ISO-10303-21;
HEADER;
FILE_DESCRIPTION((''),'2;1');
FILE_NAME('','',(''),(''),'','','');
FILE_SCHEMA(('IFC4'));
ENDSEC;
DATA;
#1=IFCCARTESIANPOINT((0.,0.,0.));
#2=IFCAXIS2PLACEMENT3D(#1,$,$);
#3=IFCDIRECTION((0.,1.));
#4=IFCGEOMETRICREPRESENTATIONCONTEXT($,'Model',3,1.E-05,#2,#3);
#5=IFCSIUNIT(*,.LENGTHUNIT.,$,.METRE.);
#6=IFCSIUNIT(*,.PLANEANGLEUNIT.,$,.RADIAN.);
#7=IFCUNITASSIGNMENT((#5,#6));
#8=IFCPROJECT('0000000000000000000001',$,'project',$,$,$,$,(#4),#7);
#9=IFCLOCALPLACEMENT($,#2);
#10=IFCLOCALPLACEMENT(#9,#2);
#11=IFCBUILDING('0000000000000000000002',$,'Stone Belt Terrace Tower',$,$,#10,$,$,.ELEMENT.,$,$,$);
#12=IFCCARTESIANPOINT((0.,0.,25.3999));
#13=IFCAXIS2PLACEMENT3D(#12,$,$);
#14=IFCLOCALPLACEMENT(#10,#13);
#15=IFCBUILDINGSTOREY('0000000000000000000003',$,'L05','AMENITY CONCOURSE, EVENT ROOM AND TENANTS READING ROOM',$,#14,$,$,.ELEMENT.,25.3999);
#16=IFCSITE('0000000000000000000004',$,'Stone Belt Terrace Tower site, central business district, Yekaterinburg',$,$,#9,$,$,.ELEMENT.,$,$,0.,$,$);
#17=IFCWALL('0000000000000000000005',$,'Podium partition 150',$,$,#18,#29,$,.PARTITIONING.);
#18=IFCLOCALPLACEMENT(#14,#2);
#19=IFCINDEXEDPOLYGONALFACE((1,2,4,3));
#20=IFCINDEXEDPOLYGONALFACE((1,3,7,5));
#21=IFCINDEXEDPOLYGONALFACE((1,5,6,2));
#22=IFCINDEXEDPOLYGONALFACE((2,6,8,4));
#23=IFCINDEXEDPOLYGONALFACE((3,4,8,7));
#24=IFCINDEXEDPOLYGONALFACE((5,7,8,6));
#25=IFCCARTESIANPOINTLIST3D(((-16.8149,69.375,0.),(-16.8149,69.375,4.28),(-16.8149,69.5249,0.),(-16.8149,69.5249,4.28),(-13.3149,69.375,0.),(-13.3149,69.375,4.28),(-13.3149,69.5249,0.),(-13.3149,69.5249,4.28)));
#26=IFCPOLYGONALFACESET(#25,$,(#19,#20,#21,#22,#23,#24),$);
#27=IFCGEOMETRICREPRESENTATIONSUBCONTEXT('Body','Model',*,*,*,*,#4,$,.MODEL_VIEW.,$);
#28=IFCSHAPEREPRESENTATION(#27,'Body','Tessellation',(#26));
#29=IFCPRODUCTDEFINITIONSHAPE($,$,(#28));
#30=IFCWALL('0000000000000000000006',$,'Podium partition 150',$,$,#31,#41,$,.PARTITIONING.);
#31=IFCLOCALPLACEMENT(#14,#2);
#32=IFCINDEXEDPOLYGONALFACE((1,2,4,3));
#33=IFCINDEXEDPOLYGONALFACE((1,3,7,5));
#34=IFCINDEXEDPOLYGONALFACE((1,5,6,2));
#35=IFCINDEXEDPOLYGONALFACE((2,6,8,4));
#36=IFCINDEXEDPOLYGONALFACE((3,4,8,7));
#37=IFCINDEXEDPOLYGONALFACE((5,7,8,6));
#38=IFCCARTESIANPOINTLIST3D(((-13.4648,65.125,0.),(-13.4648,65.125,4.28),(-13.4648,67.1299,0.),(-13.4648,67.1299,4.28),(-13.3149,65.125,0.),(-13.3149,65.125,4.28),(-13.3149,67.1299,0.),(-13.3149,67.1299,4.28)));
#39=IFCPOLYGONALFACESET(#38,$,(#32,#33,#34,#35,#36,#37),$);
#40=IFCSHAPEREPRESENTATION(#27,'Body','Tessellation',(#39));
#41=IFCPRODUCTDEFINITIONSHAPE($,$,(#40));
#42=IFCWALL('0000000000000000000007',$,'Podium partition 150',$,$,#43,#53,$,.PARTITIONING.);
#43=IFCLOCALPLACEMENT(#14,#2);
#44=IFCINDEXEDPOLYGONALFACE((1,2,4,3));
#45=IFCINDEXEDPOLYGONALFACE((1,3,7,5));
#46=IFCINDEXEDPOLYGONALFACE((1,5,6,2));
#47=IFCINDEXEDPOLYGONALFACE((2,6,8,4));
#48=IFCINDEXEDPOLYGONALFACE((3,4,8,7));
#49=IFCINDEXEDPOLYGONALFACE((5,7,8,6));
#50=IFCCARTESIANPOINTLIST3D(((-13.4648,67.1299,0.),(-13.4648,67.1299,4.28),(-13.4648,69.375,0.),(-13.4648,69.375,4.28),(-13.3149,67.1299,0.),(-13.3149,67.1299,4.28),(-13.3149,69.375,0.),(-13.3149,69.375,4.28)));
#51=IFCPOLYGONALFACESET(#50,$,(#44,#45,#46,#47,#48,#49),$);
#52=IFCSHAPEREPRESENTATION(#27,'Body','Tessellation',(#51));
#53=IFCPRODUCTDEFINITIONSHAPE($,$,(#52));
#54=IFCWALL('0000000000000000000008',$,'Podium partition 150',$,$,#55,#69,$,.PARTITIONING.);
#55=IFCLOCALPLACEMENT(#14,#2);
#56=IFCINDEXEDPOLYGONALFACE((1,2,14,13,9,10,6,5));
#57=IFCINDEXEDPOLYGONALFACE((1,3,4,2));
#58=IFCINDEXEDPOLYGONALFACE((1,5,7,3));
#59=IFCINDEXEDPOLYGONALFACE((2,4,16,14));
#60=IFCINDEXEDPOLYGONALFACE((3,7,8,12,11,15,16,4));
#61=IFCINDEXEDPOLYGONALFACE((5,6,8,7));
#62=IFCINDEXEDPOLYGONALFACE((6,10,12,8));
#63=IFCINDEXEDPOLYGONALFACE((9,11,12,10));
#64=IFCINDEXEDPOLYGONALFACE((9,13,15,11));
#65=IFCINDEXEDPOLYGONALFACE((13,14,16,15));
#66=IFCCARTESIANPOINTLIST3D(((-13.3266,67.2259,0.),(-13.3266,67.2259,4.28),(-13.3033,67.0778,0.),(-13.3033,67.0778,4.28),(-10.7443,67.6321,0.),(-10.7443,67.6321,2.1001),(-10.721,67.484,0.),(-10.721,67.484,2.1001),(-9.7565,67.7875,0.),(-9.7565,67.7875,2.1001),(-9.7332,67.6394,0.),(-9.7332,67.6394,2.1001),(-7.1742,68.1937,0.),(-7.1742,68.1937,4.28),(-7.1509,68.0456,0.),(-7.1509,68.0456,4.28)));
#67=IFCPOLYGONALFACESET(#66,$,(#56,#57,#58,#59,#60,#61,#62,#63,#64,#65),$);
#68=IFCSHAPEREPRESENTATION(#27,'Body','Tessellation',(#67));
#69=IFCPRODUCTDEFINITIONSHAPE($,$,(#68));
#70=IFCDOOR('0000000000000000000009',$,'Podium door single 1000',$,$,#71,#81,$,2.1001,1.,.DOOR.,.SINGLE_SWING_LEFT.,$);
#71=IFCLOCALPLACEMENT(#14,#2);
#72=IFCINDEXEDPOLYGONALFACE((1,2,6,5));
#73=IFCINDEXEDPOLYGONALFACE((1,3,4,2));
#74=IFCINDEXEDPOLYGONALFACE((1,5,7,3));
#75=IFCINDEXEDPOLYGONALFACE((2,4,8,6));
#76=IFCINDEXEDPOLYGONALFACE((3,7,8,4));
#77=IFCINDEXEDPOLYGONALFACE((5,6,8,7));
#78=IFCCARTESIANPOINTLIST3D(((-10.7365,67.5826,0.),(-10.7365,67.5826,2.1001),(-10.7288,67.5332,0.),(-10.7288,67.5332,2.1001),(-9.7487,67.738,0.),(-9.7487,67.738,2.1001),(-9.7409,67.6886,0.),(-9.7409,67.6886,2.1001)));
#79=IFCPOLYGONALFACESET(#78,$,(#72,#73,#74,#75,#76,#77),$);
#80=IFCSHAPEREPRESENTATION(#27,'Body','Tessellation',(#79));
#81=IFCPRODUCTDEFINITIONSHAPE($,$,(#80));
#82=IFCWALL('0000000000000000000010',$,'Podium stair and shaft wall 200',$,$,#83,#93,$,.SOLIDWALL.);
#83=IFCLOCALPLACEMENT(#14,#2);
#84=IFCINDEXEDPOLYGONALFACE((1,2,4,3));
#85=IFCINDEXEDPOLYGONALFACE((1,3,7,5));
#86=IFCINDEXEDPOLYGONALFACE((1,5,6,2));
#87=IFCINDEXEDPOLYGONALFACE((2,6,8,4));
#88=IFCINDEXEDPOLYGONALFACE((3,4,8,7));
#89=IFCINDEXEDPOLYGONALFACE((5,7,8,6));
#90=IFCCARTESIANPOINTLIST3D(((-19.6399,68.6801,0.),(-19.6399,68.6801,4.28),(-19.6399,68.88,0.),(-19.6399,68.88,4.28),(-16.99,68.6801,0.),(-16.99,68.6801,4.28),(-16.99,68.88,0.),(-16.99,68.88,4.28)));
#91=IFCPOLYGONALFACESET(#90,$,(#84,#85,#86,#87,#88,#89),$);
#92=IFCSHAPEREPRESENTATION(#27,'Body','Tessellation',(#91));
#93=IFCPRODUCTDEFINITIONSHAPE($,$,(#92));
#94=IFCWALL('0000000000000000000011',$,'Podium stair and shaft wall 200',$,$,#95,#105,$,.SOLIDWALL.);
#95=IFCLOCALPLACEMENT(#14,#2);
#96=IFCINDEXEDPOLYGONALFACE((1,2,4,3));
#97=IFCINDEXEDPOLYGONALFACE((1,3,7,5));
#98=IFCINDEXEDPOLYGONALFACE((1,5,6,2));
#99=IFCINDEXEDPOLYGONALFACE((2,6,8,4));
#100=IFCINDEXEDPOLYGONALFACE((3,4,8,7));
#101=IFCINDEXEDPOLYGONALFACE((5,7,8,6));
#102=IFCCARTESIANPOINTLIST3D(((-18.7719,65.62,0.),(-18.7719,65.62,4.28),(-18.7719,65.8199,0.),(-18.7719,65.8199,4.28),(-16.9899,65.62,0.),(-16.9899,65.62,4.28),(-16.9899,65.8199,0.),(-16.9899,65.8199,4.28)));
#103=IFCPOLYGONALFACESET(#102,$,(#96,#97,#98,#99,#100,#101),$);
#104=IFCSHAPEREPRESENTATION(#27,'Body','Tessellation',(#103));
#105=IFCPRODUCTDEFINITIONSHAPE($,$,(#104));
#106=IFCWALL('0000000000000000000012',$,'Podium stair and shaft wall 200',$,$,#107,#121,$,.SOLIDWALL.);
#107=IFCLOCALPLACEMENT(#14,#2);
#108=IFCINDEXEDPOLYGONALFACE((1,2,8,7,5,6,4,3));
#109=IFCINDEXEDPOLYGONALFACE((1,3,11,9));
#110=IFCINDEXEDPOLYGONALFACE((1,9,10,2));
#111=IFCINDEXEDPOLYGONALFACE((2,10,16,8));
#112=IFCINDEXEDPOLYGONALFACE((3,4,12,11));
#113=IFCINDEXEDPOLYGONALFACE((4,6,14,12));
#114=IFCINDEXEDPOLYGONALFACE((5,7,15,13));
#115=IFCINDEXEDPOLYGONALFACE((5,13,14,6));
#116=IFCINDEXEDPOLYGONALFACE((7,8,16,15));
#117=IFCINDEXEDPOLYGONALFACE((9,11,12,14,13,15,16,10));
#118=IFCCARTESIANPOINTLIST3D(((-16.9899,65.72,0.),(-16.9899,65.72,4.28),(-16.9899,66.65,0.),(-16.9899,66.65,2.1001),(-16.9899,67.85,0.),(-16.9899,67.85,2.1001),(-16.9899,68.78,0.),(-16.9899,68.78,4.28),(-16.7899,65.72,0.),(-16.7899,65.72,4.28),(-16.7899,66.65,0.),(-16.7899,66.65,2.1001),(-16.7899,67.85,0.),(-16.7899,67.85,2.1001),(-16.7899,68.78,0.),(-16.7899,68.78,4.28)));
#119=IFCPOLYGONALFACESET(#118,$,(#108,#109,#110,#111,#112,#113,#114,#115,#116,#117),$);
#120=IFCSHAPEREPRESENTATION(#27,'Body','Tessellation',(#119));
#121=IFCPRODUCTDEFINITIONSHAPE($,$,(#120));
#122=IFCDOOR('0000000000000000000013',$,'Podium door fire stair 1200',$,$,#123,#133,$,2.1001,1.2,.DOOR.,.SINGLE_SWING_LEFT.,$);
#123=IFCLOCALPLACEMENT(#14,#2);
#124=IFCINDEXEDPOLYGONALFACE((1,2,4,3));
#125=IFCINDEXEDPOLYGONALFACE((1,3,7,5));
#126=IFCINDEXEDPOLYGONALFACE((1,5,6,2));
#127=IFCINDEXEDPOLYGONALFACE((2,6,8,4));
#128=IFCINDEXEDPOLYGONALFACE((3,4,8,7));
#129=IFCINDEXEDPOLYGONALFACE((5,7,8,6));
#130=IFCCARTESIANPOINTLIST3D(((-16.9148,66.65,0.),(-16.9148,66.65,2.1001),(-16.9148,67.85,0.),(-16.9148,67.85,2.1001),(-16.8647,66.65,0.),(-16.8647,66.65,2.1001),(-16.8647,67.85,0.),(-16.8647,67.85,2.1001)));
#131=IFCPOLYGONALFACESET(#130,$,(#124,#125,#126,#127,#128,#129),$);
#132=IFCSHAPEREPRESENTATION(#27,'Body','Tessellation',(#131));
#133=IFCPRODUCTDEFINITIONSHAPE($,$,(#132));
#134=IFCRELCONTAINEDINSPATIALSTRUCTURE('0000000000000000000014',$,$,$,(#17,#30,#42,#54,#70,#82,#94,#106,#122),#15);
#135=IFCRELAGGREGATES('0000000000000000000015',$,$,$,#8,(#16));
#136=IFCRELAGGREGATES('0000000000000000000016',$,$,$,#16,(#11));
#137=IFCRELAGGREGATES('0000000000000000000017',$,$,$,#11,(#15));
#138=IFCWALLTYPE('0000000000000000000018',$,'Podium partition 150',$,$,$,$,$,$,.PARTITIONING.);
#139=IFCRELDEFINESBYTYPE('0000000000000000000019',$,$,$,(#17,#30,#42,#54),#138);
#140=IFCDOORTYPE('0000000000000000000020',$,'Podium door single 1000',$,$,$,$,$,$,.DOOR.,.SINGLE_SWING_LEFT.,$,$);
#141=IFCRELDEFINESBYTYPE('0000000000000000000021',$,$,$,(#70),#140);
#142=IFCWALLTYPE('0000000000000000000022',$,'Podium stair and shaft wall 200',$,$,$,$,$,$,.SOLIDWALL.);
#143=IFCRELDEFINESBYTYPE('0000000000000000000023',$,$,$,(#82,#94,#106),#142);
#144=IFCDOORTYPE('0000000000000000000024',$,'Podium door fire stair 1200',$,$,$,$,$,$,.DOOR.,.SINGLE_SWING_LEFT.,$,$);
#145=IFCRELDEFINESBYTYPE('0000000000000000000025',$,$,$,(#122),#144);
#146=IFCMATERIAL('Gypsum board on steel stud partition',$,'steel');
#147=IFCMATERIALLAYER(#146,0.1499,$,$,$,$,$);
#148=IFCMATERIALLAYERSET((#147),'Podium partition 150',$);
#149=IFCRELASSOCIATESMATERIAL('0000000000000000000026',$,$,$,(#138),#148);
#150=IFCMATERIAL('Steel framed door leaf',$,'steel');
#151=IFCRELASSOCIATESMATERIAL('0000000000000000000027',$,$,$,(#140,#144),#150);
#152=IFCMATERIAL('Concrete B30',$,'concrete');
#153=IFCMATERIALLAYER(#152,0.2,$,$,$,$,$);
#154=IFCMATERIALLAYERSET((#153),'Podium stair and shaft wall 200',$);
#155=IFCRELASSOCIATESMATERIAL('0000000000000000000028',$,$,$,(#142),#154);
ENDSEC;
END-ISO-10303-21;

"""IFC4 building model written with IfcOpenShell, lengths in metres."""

from ifc_helpers import new_model, si_unit, direction, frame, frame_2d, origin, place, context, subcontext, project, spatial, rectangle, extrude, material, layer, layer_set, type_object, element, fill, save


model = new_model("IFC4")

# Units and contexts
model_context = context("Model", 3, precision=1e-05, world=origin(), true_north=direction((0.0, 1.0)))
body_context = subcontext(model_context, "Body", "Model", "MODEL_VIEW")
ifc_project = project(units=[si_unit("LENGTHUNIT", "METRE"), si_unit("PLANEANGLEUNIT", "RADIAN")], contexts=[model_context])

# Site, building, storey
site_placement = place(None, origin())
site = spatial("IfcSite", under=ifc_project, at=site_placement, Name="Stone Belt Terrace Tower site, central business district, Yekaterinburg", CompositionType="ELEMENT", RefElevation=0.0)
building_placement = place(site_placement, origin())
building = spatial("IfcBuilding", under=site, at=building_placement, Name="Stone Belt Terrace Tower", CompositionType="ELEMENT")
storey_placement = place(building_placement, frame((0.0, 0.0, 25.3999)))
storey = spatial("IfcBuildingStorey", under=building, at=storey_placement, Name="L05", Description="AMENITY CONCOURSE, EVENT ROOM AND TENANTS READING ROOM", CompositionType="ELEMENT", Elevation=25.3999)

# Shared definitions
ifc_material_1 = material(Name="Gypsum board on steel stud partition", Category="steel")
ifc_layer_1 = layer(ifc_material_1, 0.1499)
ifc_layer_set_1 = layer_set([ifc_layer_1], Name="Podium partition 150")
wall_type_1 = type_object("IfcWallType", Name="Podium partition 150", PredefinedType="PARTITIONING", material=ifc_layer_set_1)

# Shared definitions
ifc_material_2 = material(Name="Steel framed door leaf", Category="steel")

# Walls
wall_1_placement = place(storey_placement, frame((-16.8149, 69.45, 0.0), z_axis=(0.0, 0.0, 1.0), x_axis=(1.0, 0.0, 0.0)))
element("IfcWall", 1, at=wall_1_placement, inside=storey, type_object=wall_type_1, Name="Podium partition 150", PredefinedType="PARTITIONING", context=body_context, shape_type="SweptSolid", body=[
    extrude(rectangle(XDim=3.5, YDim=0.1499, at=frame_2d((1.75, 0.0))), origin(), (0.0, 0.0, 1.0), 4.28),
])
wall_2_placement = place(storey_placement, frame((-13.3899, 65.125, 0.0), z_axis=(0.0, 0.0, 1.0), x_axis=(0.0, 1.0, 0.0)))
element("IfcWall", 2, at=wall_2_placement, inside=storey, type_object=wall_type_1, Name="Podium partition 150", PredefinedType="PARTITIONING", context=body_context, shape_type="SweptSolid", body=[
    extrude(rectangle(XDim=2.0049, YDim=0.1499, at=frame_2d((1.0024, 0.0))), origin(), (0.0, 0.0, 1.0), 4.28),
])
wall_3_placement = place(storey_placement, frame((-13.3899, 67.1299, 0.0), z_axis=(0.0, 0.0, 1.0), x_axis=(0.0, 1.0, 0.0)))
element("IfcWall", 3, at=wall_3_placement, inside=storey, type_object=wall_type_1, Name="Podium partition 150", PredefinedType="PARTITIONING", context=body_context, shape_type="SweptSolid", body=[
    extrude(rectangle(XDim=2.2451, YDim=0.1499, at=frame_2d((1.1226, 0.0))), origin(), (0.0, 0.0, 1.0), 4.28),
])

# Wall, opening, door
wall_4_placement = place(storey_placement, frame((-13.3149, 67.1519, 0.0), z_axis=(0.0, 0.0, 1.0), x_axis=(0.987853, 0.155391, 0.0)))
wall_4 = element("IfcWall", 4, at=wall_4_placement, inside=storey, type_object=wall_type_1, Name="Podium partition 150", PredefinedType="PARTITIONING", context=body_context, shape_type="SweptSolid", body=[
    extrude(rectangle(XDim=6.228, YDim=0.1499, at=frame_2d((3.114, 0.0))), origin(), (0.0, 0.0, 1.0), 4.28),
])
opening_1_placement = place(wall_4_placement, frame((2.614, 0.0, 0.0)))
opening_1 = element("IfcOpeningElement", 5, at=opening_1_placement, cuts=wall_4, PredefinedType="OPENING", context=body_context, shape_type="SweptSolid", body=[
    extrude(rectangle(XDim=1.0, YDim=2.1001, at=frame_2d((0.5, 1.05))), frame((0.0, 0.085, 0.0), z_axis=(0.0, -1.0, 0.0), x_axis=(1.0, 0.0, 0.0)), (0.0, 0.0, 1.0), 0.1699),
])
door_type_1 = type_object("IfcDoorType", Name="Podium door single 1000", OperationType="SINGLE_SWING_LEFT", PredefinedType="DOOR", material=ifc_material_2)
door_1_placement = place(opening_1_placement, origin())
door_1 = element("IfcDoor", 6, at=door_1_placement, inside=storey, type_object=door_type_1, Name="Podium door single 1000", OperationType="SINGLE_SWING_LEFT", OverallHeight=2.1001, OverallWidth=1.0, PredefinedType="DOOR", context=body_context, shape_type="SweptSolid", body=[
    extrude(rectangle(XDim=1.0, YDim=2.1001, at=frame_2d((0.5, 1.05))), frame((0.0, 0.0249, 0.0), z_axis=(0.0, -1.0, 0.0), x_axis=(1.0, 0.0, 0.0)), (0.0, 0.0, 1.0), 0.05),
])
fill(opening_1, door_1)

# Walls
ifc_material_3 = material(Name="Concrete B30", Category="concrete")
ifc_layer_2 = layer(ifc_material_3, 0.2)
ifc_layer_set_2 = layer_set([ifc_layer_2], Name="Podium stair and shaft wall 200")
wall_type_2 = type_object("IfcWallType", Name="Podium stair and shaft wall 200", PredefinedType="SOLIDWALL", material=ifc_layer_set_2)
wall_5_placement = place(storey_placement, frame((-19.6399, 68.78, 0.0), z_axis=(0.0, 0.0, 1.0), x_axis=(1.0, 0.0, 0.0)))
element("IfcWall", 7, at=wall_5_placement, inside=storey, type_object=wall_type_2, Name="Podium stair and shaft wall 200", PredefinedType="SOLIDWALL", context=body_context, shape_type="SweptSolid", body=[
    extrude(rectangle(XDim=2.6499, YDim=0.2, at=frame_2d((1.325, 0.0))), origin(), (0.0, 0.0, 1.0), 4.28),
])
wall_6_placement = place(storey_placement, frame((-18.772, 65.72, 0.0), z_axis=(0.0, 0.0, 1.0), x_axis=(1.0, 0.0, 0.0)))
element("IfcWall", 8, at=wall_6_placement, inside=storey, type_object=wall_type_2, Name="Podium stair and shaft wall 200", PredefinedType="SOLIDWALL", context=body_context, shape_type="SweptSolid", body=[
    extrude(rectangle(XDim=1.782, YDim=0.2, at=frame_2d((0.8911, 0.0))), origin(), (0.0, 0.0, 1.0), 4.28),
])

# Wall, opening, door
wall_7_placement = place(storey_placement, frame((-16.8899, 65.72, 0.0), z_axis=(0.0, 0.0, 1.0), x_axis=(0.0, 1.0, 0.0)))
wall_7 = element("IfcWall", 9, at=wall_7_placement, inside=storey, type_object=wall_type_2, Name="Podium stair and shaft wall 200", PredefinedType="SOLIDWALL", context=body_context, shape_type="SweptSolid", body=[
    extrude(rectangle(XDim=3.0601, YDim=0.2, at=frame_2d((1.53, 0.0))), origin(), (0.0, 0.0, 1.0), 4.28),
])
opening_2_placement = place(wall_7_placement, frame((0.9299, 0.0, 0.0)))
opening_2 = element("IfcOpeningElement", 10, at=opening_2_placement, cuts=wall_7, PredefinedType="OPENING", context=body_context, shape_type="SweptSolid", body=[
    extrude(rectangle(XDim=1.2, YDim=2.1001, at=frame_2d((0.6001, 1.05))), frame((0.0, 0.1099, 0.0), z_axis=(0.0, -1.0, 0.0), x_axis=(1.0, 0.0, 0.0)), (0.0, 0.0, 1.0), 0.22),
])
door_type_2 = type_object("IfcDoorType", Name="Podium door fire stair 1200", OperationType="SINGLE_SWING_LEFT", PredefinedType="DOOR", material=ifc_material_2)
door_2_placement = place(opening_2_placement, origin())
door_2 = element("IfcDoor", 11, at=door_2_placement, inside=storey, type_object=door_type_2, Name="Podium door fire stair 1200", OperationType="SINGLE_SWING_LEFT", OverallHeight=2.1001, OverallWidth=1.2, PredefinedType="DOOR", context=body_context, shape_type="SweptSolid", body=[
    extrude(rectangle(XDim=1.2, YDim=2.1001, at=frame_2d((0.6001, 1.05))), frame((0.0, 0.0249, 0.0), z_axis=(0.0, -1.0, 0.0), x_axis=(1.0, 0.0, 0.0)), (0.0, 0.0, 1.0), 0.05),
])
fill(opening_2, door_2)

save(model, "model.ifc")
